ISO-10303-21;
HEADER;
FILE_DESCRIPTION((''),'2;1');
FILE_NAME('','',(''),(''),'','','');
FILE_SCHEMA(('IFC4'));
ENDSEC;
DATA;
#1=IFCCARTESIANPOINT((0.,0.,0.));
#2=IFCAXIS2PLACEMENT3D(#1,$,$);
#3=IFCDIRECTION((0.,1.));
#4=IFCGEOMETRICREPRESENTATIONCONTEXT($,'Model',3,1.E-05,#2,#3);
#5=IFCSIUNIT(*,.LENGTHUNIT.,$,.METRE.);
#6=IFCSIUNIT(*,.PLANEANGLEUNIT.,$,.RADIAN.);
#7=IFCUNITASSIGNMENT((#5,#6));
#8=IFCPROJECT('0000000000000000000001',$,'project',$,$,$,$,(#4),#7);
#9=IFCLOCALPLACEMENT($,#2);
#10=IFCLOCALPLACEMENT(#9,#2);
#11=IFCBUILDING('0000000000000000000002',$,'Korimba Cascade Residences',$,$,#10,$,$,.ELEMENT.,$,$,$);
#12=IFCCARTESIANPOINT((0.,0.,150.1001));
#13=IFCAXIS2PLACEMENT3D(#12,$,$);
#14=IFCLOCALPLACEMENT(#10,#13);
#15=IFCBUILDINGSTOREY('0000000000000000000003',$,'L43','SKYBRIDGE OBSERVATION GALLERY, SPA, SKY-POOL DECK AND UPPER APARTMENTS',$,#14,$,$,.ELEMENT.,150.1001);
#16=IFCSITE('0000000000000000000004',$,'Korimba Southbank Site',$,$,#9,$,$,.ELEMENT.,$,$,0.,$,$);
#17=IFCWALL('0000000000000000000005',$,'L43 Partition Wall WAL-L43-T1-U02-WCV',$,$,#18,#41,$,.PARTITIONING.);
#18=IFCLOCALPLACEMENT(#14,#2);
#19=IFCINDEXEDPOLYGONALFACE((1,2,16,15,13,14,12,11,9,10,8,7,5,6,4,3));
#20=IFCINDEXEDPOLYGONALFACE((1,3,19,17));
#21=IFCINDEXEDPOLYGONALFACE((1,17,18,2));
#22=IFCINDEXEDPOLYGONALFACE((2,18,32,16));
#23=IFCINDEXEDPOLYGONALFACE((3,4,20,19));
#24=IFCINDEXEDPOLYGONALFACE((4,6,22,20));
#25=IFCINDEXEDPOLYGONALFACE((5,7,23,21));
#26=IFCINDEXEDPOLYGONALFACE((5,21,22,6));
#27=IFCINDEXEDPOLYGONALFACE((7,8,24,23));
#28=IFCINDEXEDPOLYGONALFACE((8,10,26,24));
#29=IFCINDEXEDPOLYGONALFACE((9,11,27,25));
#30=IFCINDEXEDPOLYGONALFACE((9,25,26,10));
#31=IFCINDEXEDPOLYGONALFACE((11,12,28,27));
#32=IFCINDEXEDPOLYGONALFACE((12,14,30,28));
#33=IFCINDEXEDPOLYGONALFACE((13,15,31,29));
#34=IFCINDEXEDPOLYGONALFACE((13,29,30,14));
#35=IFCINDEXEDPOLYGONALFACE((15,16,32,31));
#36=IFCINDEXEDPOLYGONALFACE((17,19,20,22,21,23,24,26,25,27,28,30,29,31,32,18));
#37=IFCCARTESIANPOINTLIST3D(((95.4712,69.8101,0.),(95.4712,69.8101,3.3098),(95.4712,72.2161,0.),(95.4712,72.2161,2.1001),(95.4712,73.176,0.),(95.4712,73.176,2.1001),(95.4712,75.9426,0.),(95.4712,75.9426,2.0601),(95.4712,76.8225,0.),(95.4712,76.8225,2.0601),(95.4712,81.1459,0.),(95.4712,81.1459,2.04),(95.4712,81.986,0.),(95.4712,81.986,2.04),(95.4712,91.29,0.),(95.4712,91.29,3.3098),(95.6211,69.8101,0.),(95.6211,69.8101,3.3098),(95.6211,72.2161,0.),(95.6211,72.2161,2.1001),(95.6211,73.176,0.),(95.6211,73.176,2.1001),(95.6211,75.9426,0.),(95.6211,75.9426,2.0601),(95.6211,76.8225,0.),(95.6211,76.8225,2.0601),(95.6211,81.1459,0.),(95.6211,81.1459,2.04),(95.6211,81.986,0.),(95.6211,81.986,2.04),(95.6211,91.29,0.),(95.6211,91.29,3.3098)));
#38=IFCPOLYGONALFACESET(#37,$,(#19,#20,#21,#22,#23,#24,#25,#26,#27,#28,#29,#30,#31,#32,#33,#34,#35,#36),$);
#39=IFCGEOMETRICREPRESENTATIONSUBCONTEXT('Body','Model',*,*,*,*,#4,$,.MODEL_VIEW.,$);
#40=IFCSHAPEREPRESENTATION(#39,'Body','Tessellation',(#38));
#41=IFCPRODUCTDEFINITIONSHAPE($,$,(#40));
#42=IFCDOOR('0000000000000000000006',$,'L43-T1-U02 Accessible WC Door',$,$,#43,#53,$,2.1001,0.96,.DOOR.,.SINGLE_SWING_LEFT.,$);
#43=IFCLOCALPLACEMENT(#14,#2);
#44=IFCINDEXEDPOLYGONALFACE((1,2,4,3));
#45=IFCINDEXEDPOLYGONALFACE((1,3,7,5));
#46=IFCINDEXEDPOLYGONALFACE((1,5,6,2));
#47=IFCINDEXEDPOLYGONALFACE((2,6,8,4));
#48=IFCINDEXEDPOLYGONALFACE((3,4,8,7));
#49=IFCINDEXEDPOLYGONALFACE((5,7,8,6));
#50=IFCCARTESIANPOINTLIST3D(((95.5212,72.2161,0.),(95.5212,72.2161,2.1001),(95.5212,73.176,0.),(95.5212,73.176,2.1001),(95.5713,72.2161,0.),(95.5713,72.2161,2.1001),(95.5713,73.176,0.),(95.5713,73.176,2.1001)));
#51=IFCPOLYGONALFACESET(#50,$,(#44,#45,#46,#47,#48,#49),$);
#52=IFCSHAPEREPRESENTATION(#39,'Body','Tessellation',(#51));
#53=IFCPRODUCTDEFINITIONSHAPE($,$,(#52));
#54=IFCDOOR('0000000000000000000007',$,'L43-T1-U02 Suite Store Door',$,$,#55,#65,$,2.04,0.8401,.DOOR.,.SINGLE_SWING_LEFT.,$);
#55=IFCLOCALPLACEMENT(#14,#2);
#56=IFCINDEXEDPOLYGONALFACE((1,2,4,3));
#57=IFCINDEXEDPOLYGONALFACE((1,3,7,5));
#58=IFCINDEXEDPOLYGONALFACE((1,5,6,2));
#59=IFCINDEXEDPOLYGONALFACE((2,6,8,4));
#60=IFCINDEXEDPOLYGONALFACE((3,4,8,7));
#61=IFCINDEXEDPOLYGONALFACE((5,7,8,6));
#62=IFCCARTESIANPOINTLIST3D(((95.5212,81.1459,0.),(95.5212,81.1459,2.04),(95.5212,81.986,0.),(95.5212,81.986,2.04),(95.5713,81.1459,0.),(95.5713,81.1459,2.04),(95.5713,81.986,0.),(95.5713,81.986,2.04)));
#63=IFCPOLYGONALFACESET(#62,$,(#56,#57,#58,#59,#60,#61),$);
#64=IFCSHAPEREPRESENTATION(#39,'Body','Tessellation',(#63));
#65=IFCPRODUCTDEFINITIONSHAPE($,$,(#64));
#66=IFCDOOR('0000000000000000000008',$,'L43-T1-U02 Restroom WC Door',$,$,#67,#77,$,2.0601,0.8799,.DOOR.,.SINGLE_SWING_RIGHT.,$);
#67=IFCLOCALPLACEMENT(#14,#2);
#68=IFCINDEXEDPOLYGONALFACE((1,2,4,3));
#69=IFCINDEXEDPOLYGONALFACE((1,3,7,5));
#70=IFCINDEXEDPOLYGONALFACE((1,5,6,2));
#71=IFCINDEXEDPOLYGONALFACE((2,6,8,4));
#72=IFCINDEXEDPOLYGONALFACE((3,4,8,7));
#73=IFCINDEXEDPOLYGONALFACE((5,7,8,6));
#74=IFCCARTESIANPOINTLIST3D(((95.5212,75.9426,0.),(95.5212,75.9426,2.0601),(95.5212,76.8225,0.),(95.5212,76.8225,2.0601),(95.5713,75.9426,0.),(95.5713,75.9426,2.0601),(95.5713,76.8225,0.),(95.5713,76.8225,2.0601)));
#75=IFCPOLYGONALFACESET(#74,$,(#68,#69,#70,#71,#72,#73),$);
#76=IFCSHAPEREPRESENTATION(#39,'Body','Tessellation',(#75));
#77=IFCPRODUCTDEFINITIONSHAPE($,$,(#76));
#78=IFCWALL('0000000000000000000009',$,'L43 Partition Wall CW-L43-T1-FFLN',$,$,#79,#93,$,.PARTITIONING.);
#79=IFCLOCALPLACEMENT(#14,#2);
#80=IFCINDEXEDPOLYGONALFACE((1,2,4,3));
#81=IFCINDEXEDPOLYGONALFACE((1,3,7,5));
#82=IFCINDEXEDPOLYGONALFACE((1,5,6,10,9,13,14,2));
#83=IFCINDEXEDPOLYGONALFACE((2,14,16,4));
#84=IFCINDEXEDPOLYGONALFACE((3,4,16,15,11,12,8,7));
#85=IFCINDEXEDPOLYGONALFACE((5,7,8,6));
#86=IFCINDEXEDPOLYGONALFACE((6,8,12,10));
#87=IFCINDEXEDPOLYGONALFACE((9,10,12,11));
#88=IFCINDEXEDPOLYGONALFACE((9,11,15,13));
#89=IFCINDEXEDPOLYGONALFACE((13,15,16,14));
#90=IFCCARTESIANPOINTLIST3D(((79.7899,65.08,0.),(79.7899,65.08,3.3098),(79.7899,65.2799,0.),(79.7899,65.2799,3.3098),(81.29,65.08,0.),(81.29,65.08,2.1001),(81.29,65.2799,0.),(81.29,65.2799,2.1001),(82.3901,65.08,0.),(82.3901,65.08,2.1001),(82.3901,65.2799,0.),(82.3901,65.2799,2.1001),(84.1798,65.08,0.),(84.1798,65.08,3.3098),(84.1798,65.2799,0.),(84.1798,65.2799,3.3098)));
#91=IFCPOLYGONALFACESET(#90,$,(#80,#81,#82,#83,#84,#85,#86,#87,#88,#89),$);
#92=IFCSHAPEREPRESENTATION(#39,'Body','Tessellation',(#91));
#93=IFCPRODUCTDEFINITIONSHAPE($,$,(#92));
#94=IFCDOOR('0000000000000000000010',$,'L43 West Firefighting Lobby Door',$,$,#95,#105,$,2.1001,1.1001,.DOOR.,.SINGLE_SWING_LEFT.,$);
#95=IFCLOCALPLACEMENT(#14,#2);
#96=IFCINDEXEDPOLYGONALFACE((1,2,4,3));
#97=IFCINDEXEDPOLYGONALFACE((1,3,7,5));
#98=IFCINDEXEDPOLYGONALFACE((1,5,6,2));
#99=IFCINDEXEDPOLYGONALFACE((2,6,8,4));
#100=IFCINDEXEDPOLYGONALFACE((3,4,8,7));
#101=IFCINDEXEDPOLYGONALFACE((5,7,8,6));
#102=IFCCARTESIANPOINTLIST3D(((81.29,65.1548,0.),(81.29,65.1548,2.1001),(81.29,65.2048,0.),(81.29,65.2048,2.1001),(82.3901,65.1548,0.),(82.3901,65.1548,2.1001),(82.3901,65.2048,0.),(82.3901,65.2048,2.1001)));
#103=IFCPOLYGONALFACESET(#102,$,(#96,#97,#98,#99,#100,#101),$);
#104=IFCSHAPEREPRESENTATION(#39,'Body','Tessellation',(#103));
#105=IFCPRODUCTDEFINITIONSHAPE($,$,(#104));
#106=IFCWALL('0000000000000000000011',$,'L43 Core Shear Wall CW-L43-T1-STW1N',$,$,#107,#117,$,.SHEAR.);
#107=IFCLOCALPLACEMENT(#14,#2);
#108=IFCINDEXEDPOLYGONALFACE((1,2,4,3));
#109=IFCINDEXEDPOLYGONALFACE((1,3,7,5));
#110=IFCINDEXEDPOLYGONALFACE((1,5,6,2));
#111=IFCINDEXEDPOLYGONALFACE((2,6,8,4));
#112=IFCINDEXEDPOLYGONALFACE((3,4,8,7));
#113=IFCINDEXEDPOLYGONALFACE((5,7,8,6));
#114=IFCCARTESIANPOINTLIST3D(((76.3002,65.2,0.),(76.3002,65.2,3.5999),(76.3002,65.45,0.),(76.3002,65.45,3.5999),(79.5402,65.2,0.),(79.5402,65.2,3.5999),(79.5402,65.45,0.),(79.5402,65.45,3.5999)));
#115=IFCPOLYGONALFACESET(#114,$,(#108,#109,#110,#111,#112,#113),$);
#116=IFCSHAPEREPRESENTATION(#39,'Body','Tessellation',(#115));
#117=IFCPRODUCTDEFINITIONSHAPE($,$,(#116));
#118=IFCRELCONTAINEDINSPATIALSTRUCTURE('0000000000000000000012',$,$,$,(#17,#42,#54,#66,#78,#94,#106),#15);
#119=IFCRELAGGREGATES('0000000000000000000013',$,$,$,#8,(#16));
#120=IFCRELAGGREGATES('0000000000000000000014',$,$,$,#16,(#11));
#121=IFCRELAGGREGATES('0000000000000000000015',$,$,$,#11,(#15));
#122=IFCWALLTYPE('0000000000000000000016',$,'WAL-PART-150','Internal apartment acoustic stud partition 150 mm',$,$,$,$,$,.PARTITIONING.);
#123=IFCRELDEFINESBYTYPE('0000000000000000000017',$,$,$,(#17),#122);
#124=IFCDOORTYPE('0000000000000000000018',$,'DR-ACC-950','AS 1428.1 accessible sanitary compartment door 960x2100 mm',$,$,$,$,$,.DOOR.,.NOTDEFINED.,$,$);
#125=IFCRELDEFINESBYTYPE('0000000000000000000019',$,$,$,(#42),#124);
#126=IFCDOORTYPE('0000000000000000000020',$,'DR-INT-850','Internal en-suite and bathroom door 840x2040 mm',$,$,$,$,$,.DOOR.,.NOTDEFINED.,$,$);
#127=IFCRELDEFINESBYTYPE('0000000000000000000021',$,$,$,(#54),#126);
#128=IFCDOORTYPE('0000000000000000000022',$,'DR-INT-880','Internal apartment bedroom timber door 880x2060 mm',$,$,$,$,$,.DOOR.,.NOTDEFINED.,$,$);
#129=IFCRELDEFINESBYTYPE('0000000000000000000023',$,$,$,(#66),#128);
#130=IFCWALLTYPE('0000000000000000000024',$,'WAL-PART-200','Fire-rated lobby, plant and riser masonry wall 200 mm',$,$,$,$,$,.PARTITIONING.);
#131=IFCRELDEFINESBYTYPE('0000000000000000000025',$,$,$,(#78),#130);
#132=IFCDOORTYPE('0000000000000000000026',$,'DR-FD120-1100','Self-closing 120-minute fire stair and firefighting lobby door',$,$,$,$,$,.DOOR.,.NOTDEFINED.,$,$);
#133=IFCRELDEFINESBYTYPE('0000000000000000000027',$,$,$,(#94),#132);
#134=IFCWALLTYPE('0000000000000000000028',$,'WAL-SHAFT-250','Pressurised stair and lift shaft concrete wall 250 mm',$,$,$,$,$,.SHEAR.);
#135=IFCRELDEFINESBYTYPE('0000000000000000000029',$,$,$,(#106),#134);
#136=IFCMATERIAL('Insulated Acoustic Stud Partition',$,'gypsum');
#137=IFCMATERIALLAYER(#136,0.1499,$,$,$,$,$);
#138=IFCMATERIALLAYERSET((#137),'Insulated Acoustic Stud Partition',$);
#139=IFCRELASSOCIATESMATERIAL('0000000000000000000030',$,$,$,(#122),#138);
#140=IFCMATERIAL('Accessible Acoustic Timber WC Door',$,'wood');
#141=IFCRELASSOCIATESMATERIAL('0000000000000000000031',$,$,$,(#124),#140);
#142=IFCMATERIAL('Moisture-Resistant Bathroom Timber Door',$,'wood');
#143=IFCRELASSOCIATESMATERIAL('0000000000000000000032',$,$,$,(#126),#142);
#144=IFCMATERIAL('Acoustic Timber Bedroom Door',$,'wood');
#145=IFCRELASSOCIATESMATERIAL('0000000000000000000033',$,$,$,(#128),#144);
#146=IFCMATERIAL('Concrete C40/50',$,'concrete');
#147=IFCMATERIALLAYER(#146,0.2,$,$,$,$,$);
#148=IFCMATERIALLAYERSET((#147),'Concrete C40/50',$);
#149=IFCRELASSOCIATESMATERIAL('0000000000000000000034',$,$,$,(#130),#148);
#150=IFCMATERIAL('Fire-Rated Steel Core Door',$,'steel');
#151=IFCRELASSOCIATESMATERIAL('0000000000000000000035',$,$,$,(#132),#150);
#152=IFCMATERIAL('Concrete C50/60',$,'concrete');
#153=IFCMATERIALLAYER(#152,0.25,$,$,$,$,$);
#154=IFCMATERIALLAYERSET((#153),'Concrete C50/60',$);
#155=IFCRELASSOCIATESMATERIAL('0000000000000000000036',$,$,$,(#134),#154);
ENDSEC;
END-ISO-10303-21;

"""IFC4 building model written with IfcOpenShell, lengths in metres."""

from ifc_helpers import new_model, si_unit, direction, frame, frame_2d, origin, place, context, subcontext, project, spatial, rectangle, extrude, material, layer, layer_set, type_object, element, fill, save


model = new_model("IFC4")

# Units and contexts
model_context = context("Model", 3, precision=1e-05, world=origin(), true_north=direction((0.0, 1.0)))
body_context = subcontext(model_context, "Body", "Model", "MODEL_VIEW")
ifc_project = project(units=[si_unit("LENGTHUNIT", "METRE"), si_unit("PLANEANGLEUNIT", "RADIAN")], contexts=[model_context])

# Site, building, storey
site_placement = place(None, origin())
site = spatial("IfcSite", under=ifc_project, at=site_placement, Name="Korimba Southbank Site", CompositionType="ELEMENT", RefElevation=0.0)
building_placement = place(site_placement, origin())
building = spatial("IfcBuilding", under=site, at=building_placement, Name="Korimba Cascade Residences", CompositionType="ELEMENT")
storey_placement = place(building_placement, frame((0.0, 0.0, 150.1001)))
storey = spatial("IfcBuildingStorey", under=building, at=storey_placement, Name="L43", Description="SKYBRIDGE OBSERVATION GALLERY, SPA, SKY-POOL DECK AND UPPER APARTMENTS", CompositionType="ELEMENT", Elevation=150.1001)

# Shared definitions
ifc_material_1 = material(Name="Insulated Acoustic Stud Partition", Category="gypsum")
ifc_layer_1 = layer(ifc_material_1, 0.1499)
ifc_layer_set_1 = layer_set([ifc_layer_1], Name="Insulated Acoustic Stud Partition")
wall_type_1 = type_object("IfcWallType", Name="WAL-PART-150", Description="Internal apartment acoustic stud partition 150 mm", PredefinedType="PARTITIONING", material=ifc_layer_set_1)

# Wall, openings, doors
wall_1_placement = place(storey_placement, frame((95.5461, 69.8101, 0.0), z_axis=(0.0, 0.0, 1.0), x_axis=(0.0, 1.0, 0.0)))
wall_1 = element("IfcWall", 1, at=wall_1_placement, inside=storey, type_object=wall_type_1, Name="L43 Partition Wall WAL-L43-T1-U02-WCV", PredefinedType="PARTITIONING", context=body_context, shape_type="SweptSolid", body=[
    extrude(rectangle(XDim=21.48, YDim=0.1499, at=frame_2d((10.74, 0.0))), origin(), (0.0, 0.0, 1.0), 3.3098),
])
opening_1_placement = place(wall_1_placement, frame((2.406, 0.0, 0.0)))
opening_1 = element("IfcOpeningElement", 2, at=opening_1_placement, cuts=wall_1, PredefinedType="OPENING", context=body_context, shape_type="SweptSolid", body=[
    extrude(rectangle(XDim=0.96, YDim=2.1001, at=frame_2d((0.48, 1.05))), frame((0.0, 0.085, 0.0), z_axis=(0.0, -1.0, 0.0), x_axis=(1.0, 0.0, 0.0)), (0.0, 0.0, 1.0), 0.1699),
])
opening_2_placement = place(wall_1_placement, frame((6.1326, 0.0, 0.0)))
opening_2 = element("IfcOpeningElement", 3, at=opening_2_placement, cuts=wall_1, PredefinedType="OPENING", context=body_context, shape_type="SweptSolid", body=[
    extrude(rectangle(XDim=0.8799, YDim=2.0601, at=frame_2d((0.4399, 1.03))), frame((0.0, 0.085, 0.0), z_axis=(0.0, -1.0, 0.0), x_axis=(1.0, 0.0, 0.0)), (0.0, 0.0, 1.0), 0.1699),
])
opening_3_placement = place(wall_1_placement, frame((11.3359, 0.0, 0.0)))
opening_3 = element("IfcOpeningElement", 4, at=opening_3_placement, cuts=wall_1, PredefinedType="OPENING", context=body_context, shape_type="SweptSolid", body=[
    extrude(rectangle(XDim=0.8401, YDim=2.04, at=frame_2d((0.4199, 1.02))), frame((0.0, 0.085, 0.0), z_axis=(0.0, -1.0, 0.0), x_axis=(1.0, 0.0, 0.0)), (0.0, 0.0, 1.0), 0.1699),
])
ifc_material_2 = material(Name="Accessible Acoustic Timber WC Door", Category="wood")
door_type_1 = type_object("IfcDoorType", Name="DR-ACC-950", Description="AS 1428.1 accessible sanitary compartment door 960x2100 mm", OperationType="NOTDEFINED", PredefinedType="DOOR", material=ifc_material_2)
door_1_placement = place(opening_1_placement, origin())
door_1 = element("IfcDoor", 5, at=door_1_placement, inside=storey, type_object=door_type_1, Name="L43-T1-U02 Accessible WC Door", OperationType="SINGLE_SWING_LEFT", OverallHeight=2.1001, OverallWidth=0.96, PredefinedType="DOOR", context=body_context, shape_type="SweptSolid", body=[
    extrude(rectangle(XDim=0.96, YDim=2.1001, at=frame_2d((0.48, 1.05))), frame((0.0, 0.0249, 0.0), z_axis=(0.0, -1.0, 0.0), x_axis=(1.0, 0.0, 0.0)), (0.0, 0.0, 1.0), 0.05),
])
fill(opening_1, door_1)
ifc_material_3 = material(Name="Moisture-Resistant Bathroom Timber Door", Category="wood")
door_type_2 = type_object("IfcDoorType", Name="DR-INT-850", Description="Internal en-suite and bathroom door 840x2040 mm", OperationType="NOTDEFINED", PredefinedType="DOOR", material=ifc_material_3)
door_2_placement = place(opening_3_placement, origin())
door_2 = element("IfcDoor", 6, at=door_2_placement, inside=storey, type_object=door_type_2, Name="L43-T1-U02 Suite Store Door", OperationType="SINGLE_SWING_LEFT", OverallHeight=2.04, OverallWidth=0.8401, PredefinedType="DOOR", context=body_context, shape_type="SweptSolid", body=[
    extrude(rectangle(XDim=0.8401, YDim=2.04, at=frame_2d((0.4199, 1.02))), frame((0.0, 0.0249, 0.0), z_axis=(0.0, -1.0, 0.0), x_axis=(1.0, 0.0, 0.0)), (0.0, 0.0, 1.0), 0.05),
])
fill(opening_3, door_2)
ifc_material_4 = material(Name="Acoustic Timber Bedroom Door", Category="wood")
door_type_3 = type_object("IfcDoorType", Name="DR-INT-880", Description="Internal apartment bedroom timber door 880x2060 mm", OperationType="NOTDEFINED", PredefinedType="DOOR", material=ifc_material_4)
door_3_placement = place(opening_2_placement, origin())
door_3 = element("IfcDoor", 7, at=door_3_placement, inside=storey, type_object=door_type_3, Name="L43-T1-U02 Restroom WC Door", OperationType="SINGLE_SWING_RIGHT", OverallHeight=2.0601, OverallWidth=0.8799, PredefinedType="DOOR", context=body_context, shape_type="SweptSolid", body=[
    extrude(rectangle(XDim=0.8799, YDim=2.0601, at=frame_2d((0.4399, 1.03))), frame((0.0, 0.0249, 0.0), z_axis=(0.0, -1.0, 0.0), x_axis=(1.0, 0.0, 0.0)), (0.0, 0.0, 1.0), 0.05),
])
fill(opening_2, door_3)

# Wall, opening, door
ifc_material_5 = material(Name="Concrete C40/50", Category="concrete")
ifc_layer_2 = layer(ifc_material_5, 0.2)
ifc_layer_set_2 = layer_set([ifc_layer_2], Name="Concrete C40/50")
wall_type_2 = type_object("IfcWallType", Name="WAL-PART-200", Description="Fire-rated lobby, plant and riser masonry wall 200 mm", PredefinedType="PARTITIONING", material=ifc_layer_set_2)
wall_2_placement = place(storey_placement, frame((79.79, 65.1799, 0.0), z_axis=(0.0, 0.0, 1.0), x_axis=(1.0, 0.0, 0.0)))
wall_2 = element("IfcWall", 8, at=wall_2_placement, inside=storey, type_object=wall_type_2, Name="L43 Partition Wall CW-L43-T1-FFLN", PredefinedType="PARTITIONING", context=body_context, shape_type="SweptSolid", body=[
    extrude(rectangle(XDim=4.3899, YDim=0.2, at=frame_2d((2.1948, 0.0))), origin(), (0.0, 0.0, 1.0), 3.3098),
])
opening_4_placement = place(wall_2_placement, frame((1.5, 0.0, 0.0)))
opening_4 = element("IfcOpeningElement", 9, at=opening_4_placement, cuts=wall_2, PredefinedType="OPENING", context=body_context, shape_type="SweptSolid", body=[
    extrude(rectangle(XDim=1.1001, YDim=2.1001, at=frame_2d((0.55, 1.05))), frame((0.0, 0.1099, 0.0), z_axis=(0.0, -1.0, 0.0), x_axis=(1.0, 0.0, 0.0)), (0.0, 0.0, 1.0), 0.22),
])
ifc_material_6 = material(Name="Fire-Rated Steel Core Door", Category="steel")
door_type_4 = type_object("IfcDoorType", Name="DR-FD120-1100", Description="Self-closing 120-minute fire stair and firefighting lobby door", OperationType="NOTDEFINED", PredefinedType="DOOR", material=ifc_material_6)
door_4_placement = place(opening_4_placement, origin())
door_4 = element("IfcDoor", 10, at=door_4_placement, inside=storey, type_object=door_type_4, Name="L43 West Firefighting Lobby Door", OperationType="SINGLE_SWING_LEFT", OverallHeight=2.1001, OverallWidth=1.1001, PredefinedType="DOOR", context=body_context, shape_type="SweptSolid", body=[
    extrude(rectangle(XDim=1.1001, YDim=2.1001, at=frame_2d((0.55, 1.05))), frame((0.0, 0.0249, 0.0), z_axis=(0.0, -1.0, 0.0), x_axis=(1.0, 0.0, 0.0)), (0.0, 0.0, 1.0), 0.05),
])
fill(opening_4, door_4)

# Wall
ifc_material_7 = material(Name="Concrete C50/60", Category="concrete")
ifc_layer_3 = layer(ifc_material_7, 0.25)
ifc_layer_set_3 = layer_set([ifc_layer_3], Name="Concrete C50/60")
wall_type_3 = type_object("IfcWallType", Name="WAL-SHAFT-250", Description="Pressurised stair and lift shaft concrete wall 250 mm", PredefinedType="SHEAR", material=ifc_layer_set_3)
wall_3_placement = place(storey_placement, frame((76.3, 65.325, 0.0), z_axis=(0.0, 0.0, 1.0), x_axis=(1.0, 0.0, 0.0)))
element("IfcWall", 11, at=wall_3_placement, inside=storey, type_object=wall_type_3, Name="L43 Core Shear Wall CW-L43-T1-STW1N", PredefinedType="SHEAR", context=body_context, shape_type="SweptSolid", body=[
    extrude(rectangle(XDim=3.24, YDim=0.25, at=frame_2d((1.6201, 0.0))), origin(), (0.0, 0.0, 1.0), 3.5999),
])

save(model, "model.ifc")
